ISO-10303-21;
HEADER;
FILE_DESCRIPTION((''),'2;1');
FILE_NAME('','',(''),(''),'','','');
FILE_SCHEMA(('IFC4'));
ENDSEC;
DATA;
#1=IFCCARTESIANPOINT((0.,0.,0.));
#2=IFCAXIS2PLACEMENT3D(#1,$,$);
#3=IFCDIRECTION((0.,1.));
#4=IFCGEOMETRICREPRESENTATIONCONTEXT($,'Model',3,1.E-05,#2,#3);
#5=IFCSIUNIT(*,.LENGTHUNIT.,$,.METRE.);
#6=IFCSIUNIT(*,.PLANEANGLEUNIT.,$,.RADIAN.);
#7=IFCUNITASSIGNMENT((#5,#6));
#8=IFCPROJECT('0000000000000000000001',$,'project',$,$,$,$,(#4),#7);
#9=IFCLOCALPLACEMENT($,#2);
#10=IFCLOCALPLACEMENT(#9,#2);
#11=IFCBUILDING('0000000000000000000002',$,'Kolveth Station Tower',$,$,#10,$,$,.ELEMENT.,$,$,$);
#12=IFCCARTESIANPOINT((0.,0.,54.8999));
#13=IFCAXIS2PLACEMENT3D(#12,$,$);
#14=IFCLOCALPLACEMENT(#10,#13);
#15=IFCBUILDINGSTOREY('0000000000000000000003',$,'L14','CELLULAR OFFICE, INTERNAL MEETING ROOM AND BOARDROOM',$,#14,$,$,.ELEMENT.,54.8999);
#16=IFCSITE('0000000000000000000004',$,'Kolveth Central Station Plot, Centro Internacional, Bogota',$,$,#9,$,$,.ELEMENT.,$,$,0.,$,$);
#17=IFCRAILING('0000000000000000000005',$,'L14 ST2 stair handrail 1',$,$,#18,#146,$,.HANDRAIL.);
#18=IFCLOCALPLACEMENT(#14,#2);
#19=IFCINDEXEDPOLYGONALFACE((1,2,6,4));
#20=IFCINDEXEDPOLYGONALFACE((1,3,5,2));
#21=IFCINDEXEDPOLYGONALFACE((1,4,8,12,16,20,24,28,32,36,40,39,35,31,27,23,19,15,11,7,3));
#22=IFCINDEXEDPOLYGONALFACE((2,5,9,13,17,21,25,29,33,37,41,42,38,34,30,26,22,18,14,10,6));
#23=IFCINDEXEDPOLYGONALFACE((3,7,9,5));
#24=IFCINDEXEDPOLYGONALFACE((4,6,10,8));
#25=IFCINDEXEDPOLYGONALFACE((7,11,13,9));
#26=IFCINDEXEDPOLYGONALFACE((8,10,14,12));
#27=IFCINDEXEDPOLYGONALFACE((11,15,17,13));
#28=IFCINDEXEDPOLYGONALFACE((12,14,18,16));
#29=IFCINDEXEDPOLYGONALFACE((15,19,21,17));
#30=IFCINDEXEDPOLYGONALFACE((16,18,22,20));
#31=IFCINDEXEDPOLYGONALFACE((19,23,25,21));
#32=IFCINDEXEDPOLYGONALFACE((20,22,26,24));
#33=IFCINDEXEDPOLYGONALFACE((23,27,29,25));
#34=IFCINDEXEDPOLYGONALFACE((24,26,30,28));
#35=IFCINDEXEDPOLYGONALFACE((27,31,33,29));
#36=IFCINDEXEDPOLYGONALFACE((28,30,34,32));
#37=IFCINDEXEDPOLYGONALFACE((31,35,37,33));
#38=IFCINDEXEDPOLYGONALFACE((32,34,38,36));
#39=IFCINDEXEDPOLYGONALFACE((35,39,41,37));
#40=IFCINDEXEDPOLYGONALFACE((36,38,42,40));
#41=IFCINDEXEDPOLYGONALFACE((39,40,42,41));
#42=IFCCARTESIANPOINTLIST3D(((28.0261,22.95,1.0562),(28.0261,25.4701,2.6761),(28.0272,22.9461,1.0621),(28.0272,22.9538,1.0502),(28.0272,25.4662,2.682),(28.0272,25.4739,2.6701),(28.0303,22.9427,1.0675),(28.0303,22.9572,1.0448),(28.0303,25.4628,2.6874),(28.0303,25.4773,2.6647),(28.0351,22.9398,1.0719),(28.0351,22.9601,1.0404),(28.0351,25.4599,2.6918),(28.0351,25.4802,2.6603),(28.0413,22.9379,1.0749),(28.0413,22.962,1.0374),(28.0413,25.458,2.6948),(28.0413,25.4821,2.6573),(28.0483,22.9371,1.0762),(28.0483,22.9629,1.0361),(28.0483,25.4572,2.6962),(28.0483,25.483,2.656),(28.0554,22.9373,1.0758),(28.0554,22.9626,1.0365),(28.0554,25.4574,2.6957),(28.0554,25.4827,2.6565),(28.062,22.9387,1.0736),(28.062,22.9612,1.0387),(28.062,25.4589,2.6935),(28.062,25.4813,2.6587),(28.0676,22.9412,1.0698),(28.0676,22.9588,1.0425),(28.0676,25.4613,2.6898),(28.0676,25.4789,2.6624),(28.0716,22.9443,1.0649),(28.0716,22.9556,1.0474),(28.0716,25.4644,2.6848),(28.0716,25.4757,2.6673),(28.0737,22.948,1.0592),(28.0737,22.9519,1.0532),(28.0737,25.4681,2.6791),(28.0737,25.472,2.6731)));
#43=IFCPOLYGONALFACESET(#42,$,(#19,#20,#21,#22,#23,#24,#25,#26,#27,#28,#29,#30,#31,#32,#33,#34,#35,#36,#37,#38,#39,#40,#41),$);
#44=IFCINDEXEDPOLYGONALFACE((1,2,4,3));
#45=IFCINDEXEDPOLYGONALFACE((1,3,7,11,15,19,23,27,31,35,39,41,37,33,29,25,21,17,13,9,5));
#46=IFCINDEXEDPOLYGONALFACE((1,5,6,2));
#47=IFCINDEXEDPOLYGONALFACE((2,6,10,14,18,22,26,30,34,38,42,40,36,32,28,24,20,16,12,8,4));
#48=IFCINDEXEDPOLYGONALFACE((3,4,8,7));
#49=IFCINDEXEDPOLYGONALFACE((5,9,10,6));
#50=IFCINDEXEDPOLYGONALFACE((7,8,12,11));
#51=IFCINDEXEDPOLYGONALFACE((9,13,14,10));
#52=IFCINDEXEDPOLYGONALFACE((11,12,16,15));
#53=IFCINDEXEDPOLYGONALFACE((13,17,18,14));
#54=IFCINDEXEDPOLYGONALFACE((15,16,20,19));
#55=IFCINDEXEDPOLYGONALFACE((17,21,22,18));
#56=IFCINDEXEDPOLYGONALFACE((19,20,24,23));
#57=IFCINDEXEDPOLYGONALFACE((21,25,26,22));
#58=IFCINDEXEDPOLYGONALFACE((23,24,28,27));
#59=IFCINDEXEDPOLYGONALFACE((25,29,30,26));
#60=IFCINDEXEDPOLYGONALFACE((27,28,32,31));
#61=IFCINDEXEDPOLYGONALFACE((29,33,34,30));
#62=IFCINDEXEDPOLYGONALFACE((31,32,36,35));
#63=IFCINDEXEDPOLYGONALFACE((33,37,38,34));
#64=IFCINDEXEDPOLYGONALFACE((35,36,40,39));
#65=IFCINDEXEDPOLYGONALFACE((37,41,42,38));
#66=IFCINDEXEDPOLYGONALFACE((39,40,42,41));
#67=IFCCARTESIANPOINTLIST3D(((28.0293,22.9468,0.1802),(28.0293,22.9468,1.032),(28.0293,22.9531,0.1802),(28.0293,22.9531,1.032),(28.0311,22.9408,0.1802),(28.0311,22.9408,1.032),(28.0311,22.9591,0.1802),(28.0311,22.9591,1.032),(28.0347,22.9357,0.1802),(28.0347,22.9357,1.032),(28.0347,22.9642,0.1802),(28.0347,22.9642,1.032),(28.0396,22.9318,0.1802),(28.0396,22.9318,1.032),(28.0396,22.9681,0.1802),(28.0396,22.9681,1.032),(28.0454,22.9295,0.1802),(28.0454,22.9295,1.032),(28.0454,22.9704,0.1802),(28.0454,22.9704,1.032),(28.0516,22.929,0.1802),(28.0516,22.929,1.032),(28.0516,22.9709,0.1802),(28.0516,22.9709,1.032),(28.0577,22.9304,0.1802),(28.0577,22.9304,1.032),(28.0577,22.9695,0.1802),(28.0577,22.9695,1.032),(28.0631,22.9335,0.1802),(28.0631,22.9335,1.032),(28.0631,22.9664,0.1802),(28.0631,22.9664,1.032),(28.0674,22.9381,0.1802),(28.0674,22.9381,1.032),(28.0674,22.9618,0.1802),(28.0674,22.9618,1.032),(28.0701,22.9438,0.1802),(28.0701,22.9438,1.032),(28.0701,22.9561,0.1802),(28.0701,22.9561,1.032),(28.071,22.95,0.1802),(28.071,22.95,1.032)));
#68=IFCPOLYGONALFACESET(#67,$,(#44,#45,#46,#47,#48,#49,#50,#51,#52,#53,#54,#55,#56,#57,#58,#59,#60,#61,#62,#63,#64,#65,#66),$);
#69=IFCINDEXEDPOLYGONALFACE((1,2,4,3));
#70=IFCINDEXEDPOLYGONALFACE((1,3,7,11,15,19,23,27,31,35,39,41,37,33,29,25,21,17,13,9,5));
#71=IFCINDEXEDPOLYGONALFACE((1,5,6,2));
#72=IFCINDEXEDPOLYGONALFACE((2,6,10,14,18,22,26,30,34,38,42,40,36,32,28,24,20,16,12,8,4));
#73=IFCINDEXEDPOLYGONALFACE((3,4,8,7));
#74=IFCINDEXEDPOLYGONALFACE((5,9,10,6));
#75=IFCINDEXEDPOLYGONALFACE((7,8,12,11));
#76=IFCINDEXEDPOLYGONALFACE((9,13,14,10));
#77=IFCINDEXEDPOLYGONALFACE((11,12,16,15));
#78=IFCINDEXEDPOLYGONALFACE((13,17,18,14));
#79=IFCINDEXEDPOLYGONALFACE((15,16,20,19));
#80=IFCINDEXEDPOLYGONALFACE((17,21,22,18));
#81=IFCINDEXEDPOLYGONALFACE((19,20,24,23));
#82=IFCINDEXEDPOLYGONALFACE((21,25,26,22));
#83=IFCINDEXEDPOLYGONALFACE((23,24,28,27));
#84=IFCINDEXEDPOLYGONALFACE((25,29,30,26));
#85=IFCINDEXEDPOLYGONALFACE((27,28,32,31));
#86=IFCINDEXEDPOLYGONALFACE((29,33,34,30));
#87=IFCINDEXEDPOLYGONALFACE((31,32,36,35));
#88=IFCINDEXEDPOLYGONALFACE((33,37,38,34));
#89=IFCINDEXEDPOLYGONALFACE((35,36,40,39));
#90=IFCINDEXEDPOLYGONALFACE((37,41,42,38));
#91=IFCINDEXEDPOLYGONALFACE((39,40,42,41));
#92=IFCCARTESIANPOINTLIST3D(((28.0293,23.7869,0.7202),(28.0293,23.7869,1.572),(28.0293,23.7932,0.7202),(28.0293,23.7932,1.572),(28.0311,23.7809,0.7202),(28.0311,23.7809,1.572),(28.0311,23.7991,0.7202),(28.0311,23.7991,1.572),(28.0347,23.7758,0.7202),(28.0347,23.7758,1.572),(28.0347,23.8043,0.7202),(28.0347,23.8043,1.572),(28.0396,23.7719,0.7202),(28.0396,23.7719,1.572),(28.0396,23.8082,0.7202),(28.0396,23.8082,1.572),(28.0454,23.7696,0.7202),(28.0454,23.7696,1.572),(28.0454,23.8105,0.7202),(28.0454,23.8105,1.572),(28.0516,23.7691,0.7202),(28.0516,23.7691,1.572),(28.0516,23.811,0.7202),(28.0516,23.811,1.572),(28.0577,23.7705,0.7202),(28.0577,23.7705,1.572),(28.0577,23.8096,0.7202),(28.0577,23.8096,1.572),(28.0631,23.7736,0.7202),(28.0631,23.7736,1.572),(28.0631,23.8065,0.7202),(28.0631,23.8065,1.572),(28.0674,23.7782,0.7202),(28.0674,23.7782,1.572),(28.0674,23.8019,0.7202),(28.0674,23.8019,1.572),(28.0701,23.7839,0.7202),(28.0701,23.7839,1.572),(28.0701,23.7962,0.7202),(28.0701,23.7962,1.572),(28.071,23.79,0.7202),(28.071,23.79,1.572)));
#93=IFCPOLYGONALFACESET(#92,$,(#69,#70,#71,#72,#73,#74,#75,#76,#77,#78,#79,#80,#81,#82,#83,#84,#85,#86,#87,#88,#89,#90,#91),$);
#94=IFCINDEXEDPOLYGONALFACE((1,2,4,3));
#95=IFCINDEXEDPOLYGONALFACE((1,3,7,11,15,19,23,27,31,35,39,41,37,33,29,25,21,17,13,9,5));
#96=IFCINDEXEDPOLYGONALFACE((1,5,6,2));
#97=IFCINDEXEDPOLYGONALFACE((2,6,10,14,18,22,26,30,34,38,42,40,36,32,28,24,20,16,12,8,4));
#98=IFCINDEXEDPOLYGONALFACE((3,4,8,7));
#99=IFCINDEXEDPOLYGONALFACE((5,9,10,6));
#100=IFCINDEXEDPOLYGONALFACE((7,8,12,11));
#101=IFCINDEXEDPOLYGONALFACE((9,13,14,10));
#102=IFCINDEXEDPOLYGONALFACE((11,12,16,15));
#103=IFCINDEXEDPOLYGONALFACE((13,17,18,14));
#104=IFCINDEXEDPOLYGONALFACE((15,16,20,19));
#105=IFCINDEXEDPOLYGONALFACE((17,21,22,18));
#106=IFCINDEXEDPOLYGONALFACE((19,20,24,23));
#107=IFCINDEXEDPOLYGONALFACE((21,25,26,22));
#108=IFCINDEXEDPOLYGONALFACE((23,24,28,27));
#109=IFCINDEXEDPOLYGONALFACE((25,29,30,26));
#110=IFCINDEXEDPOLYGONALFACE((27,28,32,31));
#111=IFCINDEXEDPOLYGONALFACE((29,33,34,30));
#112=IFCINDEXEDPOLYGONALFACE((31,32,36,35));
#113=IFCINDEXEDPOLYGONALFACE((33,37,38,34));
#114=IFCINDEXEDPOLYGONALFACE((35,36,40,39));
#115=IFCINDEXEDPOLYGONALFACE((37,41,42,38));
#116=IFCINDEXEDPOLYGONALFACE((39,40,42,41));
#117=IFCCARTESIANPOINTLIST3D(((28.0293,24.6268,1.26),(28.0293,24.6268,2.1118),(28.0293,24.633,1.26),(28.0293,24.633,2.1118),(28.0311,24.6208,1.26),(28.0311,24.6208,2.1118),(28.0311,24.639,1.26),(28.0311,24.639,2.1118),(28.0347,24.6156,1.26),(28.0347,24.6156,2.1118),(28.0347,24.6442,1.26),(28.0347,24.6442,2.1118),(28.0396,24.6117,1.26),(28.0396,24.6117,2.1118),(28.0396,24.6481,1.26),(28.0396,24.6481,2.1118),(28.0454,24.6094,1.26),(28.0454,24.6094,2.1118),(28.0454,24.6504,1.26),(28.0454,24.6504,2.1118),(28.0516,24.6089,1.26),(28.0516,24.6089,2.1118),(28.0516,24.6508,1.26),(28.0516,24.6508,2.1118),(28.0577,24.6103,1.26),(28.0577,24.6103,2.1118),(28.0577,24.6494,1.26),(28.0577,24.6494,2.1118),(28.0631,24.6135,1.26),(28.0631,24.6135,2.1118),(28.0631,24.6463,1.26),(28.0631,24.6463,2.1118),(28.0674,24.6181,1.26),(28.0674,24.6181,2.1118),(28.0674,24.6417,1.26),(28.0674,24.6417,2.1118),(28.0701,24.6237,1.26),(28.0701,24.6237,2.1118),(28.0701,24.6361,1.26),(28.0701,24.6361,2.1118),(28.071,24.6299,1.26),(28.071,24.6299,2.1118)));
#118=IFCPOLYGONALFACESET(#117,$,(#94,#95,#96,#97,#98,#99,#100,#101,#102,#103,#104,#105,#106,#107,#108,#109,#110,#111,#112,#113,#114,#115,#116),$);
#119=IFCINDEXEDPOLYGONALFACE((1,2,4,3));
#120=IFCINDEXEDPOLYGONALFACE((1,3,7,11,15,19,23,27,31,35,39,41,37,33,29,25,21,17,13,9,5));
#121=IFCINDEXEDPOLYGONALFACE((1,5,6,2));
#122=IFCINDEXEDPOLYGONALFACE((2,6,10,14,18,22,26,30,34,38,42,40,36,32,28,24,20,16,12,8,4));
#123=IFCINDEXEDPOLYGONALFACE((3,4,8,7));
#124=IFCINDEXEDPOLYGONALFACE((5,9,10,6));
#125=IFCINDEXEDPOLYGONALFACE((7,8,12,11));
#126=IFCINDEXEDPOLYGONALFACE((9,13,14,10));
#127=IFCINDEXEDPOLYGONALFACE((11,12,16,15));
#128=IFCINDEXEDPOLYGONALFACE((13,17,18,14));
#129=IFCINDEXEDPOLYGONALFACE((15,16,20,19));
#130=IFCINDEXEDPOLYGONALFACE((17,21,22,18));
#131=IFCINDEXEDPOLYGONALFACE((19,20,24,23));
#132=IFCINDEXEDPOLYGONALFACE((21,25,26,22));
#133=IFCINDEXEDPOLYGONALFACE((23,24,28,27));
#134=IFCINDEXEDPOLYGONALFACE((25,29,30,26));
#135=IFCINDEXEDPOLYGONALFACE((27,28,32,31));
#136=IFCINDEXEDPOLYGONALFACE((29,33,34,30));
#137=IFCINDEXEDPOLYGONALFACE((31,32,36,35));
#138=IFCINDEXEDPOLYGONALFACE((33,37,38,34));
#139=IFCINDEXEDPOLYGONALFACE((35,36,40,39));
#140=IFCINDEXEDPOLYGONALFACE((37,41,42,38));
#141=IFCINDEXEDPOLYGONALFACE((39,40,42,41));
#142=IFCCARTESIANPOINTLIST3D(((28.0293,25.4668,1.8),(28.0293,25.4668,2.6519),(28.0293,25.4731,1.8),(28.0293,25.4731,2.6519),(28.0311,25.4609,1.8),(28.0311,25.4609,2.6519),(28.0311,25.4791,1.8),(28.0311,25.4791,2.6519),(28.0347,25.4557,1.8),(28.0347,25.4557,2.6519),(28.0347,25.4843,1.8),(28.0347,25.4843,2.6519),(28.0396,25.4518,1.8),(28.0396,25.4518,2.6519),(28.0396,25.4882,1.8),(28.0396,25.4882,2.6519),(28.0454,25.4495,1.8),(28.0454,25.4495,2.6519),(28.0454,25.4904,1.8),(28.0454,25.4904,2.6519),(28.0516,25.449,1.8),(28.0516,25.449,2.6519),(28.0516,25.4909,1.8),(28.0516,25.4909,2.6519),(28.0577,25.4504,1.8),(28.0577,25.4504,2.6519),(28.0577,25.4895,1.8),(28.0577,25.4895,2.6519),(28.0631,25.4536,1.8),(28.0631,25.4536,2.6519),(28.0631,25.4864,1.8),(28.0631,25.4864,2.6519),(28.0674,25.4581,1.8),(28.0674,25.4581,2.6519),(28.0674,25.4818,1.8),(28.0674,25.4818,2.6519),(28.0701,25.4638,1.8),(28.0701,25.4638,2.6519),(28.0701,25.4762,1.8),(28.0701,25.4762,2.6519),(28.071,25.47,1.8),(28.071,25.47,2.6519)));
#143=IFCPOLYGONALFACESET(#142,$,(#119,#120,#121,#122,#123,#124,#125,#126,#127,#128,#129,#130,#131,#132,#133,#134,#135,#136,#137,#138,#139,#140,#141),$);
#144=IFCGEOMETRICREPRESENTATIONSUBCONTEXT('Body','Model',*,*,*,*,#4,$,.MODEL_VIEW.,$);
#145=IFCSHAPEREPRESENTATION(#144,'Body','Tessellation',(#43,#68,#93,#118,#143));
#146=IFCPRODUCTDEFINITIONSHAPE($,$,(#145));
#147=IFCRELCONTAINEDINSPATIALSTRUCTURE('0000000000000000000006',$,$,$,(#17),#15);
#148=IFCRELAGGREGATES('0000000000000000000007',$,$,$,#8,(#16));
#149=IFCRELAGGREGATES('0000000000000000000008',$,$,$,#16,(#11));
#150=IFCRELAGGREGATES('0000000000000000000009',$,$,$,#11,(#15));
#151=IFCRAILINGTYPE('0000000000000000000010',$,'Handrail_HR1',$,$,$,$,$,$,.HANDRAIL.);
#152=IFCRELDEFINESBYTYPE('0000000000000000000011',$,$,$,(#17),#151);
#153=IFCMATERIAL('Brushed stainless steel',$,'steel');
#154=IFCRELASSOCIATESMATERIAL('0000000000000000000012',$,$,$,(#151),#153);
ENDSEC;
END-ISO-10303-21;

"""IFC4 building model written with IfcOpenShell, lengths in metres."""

from ifc_helpers import new_model, si_unit, direction, frame, origin, origin_2d, place, context, subcontext, project, spatial, circle, extrude, material, type_object, element, save


model = new_model("IFC4")

# Units and contexts
model_context = context("Model", 3, precision=1e-05, world=origin(), true_north=direction((0.0, 1.0)))
body_context = subcontext(model_context, "Body", "Model", "MODEL_VIEW")
ifc_project = project(units=[si_unit("LENGTHUNIT", "METRE"), si_unit("PLANEANGLEUNIT", "RADIAN")], contexts=[model_context])

# Site, building, storey
site_placement = place(None, origin())
site = spatial("IfcSite", under=ifc_project, at=site_placement, Name="Kolveth Central Station Plot, Centro Internacional, Bogota", CompositionType="ELEMENT", RefElevation=0.0)
building_placement = place(site_placement, origin())
building = spatial("IfcBuilding", under=site, at=building_placement, Name="Kolveth Station Tower", CompositionType="ELEMENT")
storey_placement = place(building_placement, frame((0.0, 0.0, 54.8999)))
storey = spatial("IfcBuildingStorey", under=building, at=storey_placement, Name="L14", Description="CELLULAR OFFICE, INTERNAL MEETING ROOM AND BOARDROOM", CompositionType="ELEMENT", Elevation=54.8999)

# Railing
ifc_material_1 = material(Name="Brushed stainless steel", Category="steel")
railing_type_1 = type_object("IfcRailingType", Name="Handrail_HR1", PredefinedType="HANDRAIL", material=ifc_material_1)
railing_1_placement = place(storey_placement, frame((28.05, 22.95, 0.1802)))
element("IfcRailing", 1, at=railing_1_placement, inside=storey, type_object=railing_type_1, Name="L14 ST2 stair handrail 1", PredefinedType="HANDRAIL", context=body_context, shape_type="SweptSolid", body=[
    extrude(circle(Radius=0.0239, at=origin_2d()), frame((0.0, 0.0, 0.876), z_axis=(0.0, 0.8412, 0.540725), x_axis=(-1.0, 0.0, 0.0)), (0.0, 0.0, 1.0), 2.9958),
    extrude(circle(Radius=0.021, at=origin_2d()), origin(), (0.0, 0.0, 1.0), 0.8518),
    extrude(circle(Radius=0.021, at=origin_2d()), frame((0.0, 0.8401, 0.54)), (0.0, 0.0, 1.0), 0.8518),
    extrude(circle(Radius=0.021, at=origin_2d()), frame((0.0, 1.6799, 1.0798)), (0.0, 0.0, 1.0), 0.8518),
    extrude(circle(Radius=0.021, at=origin_2d()), frame((0.0, 2.52, 1.6199)), (0.0, 0.0, 1.0), 0.8518),
])

save(model, "model.ifc")
